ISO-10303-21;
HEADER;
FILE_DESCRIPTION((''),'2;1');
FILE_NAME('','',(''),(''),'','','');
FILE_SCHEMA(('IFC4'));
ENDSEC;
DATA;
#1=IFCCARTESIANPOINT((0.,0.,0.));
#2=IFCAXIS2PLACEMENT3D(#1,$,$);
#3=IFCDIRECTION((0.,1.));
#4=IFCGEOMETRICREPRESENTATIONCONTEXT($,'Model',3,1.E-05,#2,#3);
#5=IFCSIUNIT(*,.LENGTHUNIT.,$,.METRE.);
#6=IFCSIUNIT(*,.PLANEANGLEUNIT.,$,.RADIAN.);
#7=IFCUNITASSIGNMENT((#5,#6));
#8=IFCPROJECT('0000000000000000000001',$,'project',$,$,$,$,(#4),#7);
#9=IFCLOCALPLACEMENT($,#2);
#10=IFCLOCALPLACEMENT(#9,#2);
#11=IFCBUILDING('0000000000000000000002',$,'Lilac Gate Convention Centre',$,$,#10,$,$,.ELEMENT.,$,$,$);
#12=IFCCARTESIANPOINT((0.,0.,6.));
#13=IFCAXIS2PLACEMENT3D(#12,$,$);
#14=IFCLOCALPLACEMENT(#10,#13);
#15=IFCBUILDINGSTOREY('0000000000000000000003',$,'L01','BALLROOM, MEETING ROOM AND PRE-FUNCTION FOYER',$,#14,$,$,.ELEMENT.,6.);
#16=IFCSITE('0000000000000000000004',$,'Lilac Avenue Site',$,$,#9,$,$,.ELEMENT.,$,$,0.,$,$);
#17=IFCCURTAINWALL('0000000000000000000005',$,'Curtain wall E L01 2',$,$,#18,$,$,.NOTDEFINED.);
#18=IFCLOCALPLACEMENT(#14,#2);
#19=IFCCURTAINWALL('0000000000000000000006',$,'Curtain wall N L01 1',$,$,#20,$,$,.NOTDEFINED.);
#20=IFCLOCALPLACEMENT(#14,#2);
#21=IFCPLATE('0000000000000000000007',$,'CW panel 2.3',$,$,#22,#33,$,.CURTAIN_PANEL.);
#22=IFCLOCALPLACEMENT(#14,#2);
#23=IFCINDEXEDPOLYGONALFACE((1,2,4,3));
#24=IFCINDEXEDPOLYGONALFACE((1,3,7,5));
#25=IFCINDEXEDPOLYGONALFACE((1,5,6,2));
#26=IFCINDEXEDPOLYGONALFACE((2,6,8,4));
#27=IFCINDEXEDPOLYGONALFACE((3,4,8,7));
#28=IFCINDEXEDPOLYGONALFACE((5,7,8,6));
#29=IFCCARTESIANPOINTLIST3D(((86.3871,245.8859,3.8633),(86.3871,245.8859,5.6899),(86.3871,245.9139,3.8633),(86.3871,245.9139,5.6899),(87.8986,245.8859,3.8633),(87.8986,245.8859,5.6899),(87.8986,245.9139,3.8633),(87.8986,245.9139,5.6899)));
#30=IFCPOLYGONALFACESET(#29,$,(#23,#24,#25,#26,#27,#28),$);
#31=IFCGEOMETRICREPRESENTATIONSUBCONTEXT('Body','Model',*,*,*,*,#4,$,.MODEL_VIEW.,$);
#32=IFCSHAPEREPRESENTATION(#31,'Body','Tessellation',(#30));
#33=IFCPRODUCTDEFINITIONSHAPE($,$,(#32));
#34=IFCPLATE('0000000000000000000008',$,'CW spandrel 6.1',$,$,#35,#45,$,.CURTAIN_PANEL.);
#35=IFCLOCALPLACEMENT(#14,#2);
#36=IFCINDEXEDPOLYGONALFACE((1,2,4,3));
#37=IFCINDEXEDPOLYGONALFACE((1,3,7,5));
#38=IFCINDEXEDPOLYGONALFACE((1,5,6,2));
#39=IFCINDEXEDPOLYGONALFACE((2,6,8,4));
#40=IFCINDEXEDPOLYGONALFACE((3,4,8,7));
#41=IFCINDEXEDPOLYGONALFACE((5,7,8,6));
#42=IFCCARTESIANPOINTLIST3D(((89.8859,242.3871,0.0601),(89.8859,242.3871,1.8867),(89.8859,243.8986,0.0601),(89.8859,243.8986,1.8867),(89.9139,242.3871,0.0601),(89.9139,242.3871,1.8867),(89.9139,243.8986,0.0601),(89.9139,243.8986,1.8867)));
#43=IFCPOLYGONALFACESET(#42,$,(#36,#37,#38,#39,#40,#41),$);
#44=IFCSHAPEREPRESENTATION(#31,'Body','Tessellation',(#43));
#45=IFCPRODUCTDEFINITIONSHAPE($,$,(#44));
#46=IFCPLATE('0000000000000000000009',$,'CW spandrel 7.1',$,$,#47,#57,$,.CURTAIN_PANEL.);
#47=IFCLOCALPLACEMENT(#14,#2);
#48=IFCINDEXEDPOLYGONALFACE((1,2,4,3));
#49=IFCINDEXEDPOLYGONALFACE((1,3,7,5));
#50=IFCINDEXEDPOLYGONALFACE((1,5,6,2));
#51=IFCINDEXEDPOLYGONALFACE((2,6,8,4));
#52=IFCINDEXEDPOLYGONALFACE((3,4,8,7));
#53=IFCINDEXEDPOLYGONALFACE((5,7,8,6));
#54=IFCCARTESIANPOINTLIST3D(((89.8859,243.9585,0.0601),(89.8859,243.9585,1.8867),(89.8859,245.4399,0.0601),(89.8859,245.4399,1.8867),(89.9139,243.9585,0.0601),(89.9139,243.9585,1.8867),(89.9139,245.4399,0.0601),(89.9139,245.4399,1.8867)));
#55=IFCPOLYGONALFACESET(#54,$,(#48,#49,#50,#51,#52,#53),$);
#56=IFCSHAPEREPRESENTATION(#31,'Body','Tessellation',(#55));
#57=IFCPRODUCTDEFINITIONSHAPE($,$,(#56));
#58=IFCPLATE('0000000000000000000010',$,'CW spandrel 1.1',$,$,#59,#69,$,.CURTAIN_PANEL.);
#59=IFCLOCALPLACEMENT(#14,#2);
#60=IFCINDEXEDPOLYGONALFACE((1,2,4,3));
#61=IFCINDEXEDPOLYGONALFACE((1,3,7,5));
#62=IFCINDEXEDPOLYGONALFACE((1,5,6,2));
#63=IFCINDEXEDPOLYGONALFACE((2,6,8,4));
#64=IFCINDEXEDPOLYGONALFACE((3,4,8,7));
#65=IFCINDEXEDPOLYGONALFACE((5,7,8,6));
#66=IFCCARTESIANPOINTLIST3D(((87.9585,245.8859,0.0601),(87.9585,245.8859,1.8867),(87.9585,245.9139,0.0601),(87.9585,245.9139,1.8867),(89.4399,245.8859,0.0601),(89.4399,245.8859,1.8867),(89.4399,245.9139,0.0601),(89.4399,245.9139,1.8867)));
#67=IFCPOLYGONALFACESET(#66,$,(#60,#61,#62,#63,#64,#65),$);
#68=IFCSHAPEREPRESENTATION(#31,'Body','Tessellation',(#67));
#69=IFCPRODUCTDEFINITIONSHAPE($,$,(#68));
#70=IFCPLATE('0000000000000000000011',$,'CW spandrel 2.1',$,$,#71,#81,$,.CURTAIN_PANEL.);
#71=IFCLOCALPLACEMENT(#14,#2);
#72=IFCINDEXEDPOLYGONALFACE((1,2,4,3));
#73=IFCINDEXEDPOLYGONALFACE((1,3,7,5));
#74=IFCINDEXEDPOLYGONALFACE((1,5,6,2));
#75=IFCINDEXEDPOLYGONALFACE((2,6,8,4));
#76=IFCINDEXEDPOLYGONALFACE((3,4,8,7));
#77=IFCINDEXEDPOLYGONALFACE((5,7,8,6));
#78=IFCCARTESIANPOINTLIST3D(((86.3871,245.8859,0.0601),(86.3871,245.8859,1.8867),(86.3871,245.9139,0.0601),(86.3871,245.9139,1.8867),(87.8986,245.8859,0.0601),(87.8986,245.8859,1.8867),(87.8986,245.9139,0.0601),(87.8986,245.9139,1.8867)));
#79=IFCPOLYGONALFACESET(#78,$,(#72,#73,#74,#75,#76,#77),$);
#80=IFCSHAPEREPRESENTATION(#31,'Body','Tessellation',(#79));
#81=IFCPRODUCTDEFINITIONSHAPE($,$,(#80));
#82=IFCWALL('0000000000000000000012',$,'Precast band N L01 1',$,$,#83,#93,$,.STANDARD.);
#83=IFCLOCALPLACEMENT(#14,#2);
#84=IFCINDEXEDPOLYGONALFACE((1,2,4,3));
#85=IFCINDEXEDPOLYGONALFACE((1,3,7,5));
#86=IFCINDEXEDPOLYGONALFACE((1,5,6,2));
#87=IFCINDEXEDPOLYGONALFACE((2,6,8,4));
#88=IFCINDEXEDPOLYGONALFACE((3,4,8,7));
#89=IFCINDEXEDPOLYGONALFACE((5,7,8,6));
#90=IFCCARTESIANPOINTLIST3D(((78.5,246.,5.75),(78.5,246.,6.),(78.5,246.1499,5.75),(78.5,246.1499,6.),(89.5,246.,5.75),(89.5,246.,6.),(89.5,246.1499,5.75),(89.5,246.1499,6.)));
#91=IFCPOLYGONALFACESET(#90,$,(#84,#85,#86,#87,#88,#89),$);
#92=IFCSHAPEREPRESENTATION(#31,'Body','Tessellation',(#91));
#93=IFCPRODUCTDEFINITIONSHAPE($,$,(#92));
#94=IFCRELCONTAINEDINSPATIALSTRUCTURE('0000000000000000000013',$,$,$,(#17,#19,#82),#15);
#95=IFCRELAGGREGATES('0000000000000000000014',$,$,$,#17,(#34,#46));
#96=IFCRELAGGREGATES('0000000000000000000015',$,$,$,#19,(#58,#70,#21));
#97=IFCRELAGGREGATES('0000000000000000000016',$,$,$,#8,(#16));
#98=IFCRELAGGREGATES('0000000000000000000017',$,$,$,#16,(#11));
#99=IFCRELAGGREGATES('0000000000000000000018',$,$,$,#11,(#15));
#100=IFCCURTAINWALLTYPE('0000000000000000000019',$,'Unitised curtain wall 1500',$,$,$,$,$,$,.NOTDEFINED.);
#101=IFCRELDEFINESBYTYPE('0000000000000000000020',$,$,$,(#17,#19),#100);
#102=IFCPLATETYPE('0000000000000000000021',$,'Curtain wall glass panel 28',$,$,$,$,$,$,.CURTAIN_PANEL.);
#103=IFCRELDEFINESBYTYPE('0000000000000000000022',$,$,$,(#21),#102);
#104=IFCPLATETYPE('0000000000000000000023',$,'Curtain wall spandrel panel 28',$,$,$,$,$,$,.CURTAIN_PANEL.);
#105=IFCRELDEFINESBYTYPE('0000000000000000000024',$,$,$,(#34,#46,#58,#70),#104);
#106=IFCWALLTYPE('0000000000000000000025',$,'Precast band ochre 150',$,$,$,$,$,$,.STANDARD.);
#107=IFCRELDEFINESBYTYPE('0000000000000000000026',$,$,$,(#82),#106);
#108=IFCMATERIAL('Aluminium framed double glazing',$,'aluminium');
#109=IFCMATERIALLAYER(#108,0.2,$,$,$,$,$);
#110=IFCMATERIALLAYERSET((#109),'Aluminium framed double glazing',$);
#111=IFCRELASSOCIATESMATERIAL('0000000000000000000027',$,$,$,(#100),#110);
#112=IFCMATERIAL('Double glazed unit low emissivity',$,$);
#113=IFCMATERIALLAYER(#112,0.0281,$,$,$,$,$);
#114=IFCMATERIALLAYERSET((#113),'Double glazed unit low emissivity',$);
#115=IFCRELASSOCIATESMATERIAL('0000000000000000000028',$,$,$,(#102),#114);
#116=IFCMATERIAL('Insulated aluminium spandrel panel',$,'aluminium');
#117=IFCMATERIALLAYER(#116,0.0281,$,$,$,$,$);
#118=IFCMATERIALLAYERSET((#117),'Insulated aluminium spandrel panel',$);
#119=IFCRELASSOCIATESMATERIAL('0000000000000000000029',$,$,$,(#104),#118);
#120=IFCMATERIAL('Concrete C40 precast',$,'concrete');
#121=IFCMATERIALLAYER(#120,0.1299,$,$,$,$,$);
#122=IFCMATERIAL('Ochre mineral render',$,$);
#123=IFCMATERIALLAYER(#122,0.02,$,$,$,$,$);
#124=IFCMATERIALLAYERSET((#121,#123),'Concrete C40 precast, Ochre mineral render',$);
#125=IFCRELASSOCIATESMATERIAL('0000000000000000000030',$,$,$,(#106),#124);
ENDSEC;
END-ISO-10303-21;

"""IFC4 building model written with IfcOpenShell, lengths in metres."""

from ifc_helpers import new_model, si_unit, direction, frame, frame_2d, origin, origin_2d, place, context, subcontext, project, spatial, rectangle, extrude, material, layer, layer_set, type_object, element, aggregate, save


model = new_model("IFC4")

# Units and contexts
model_context = context("Model", 3, precision=1e-05, world=origin(), true_north=direction((0.0, 1.0)))
body_context = subcontext(model_context, "Body", "Model", "MODEL_VIEW")
ifc_project = project(units=[si_unit("LENGTHUNIT", "METRE"), si_unit("PLANEANGLEUNIT", "RADIAN")], contexts=[model_context])

# Site, building, storey
site_placement = place(None, origin())
site = spatial("IfcSite", under=ifc_project, at=site_placement, Name="Lilac Avenue Site", CompositionType="ELEMENT", RefElevation=0.0)
building_placement = place(site_placement, origin())
building = spatial("IfcBuilding", under=site, at=building_placement, Name="Lilac Gate Convention Centre", CompositionType="ELEMENT")
storey_placement = place(building_placement, frame((0.0, 0.0, 6.0)))
storey = spatial("IfcBuildingStorey", under=building, at=storey_placement, Name="L01", Description="BALLROOM, MEETING ROOM AND PRE-FUNCTION FOYER", CompositionType="ELEMENT", Elevation=6.0)

# Curtain walls
ifc_material_1 = material(Name="Aluminium framed double glazing", Category="aluminium")
ifc_layer_1 = layer(ifc_material_1, 0.2)
ifc_layer_set_1 = layer_set([ifc_layer_1], Name="Aluminium framed double glazing")
curtain_wall_type = type_object("IfcCurtainWallType", Name="Unitised curtain wall 1500", PredefinedType="NOTDEFINED", material=ifc_layer_set_1)
curtain_wall_1_placement = place(storey_placement, origin())
curtain_wall_1 = element("IfcCurtainWall", 1, at=curtain_wall_1_placement, inside=storey, type_object=curtain_wall_type, Name="Curtain wall E L01 2", PredefinedType="NOTDEFINED")
curtain_wall_2_placement = place(storey_placement, origin())
curtain_wall_2 = element("IfcCurtainWall", 2, at=curtain_wall_2_placement, inside=storey, type_object=curtain_wall_type, Name="Curtain wall N L01 1", PredefinedType="NOTDEFINED")

# Plates
ifc_material_2 = material(Name="Double glazed unit low emissivity")
ifc_layer_2 = layer(ifc_material_2, 0.0281)
ifc_layer_set_2 = layer_set([ifc_layer_2], Name="Double glazed unit low emissivity")
plate_type_1 = type_object("IfcPlateType", Name="Curtain wall glass panel 28", PredefinedType="CURTAIN_PANEL", material=ifc_layer_set_2)
plate_1_placement = place(storey_placement, frame((87.1428, 245.8999, 3.8633), z_axis=(0.0, 0.0, 1.0), x_axis=(-1.0, 0.0, 0.0)))
plate_1 = element("IfcPlate", 3, at=plate_1_placement, type_object=plate_type_1, Name="CW panel 2.3", PredefinedType="CURTAIN_PANEL", context=body_context, shape_type="SweptSolid", body=[
    extrude(rectangle(XDim=1.5115, YDim=0.0281, at=origin_2d()), origin(), (0.0, 0.0, 1.0), 1.8267),
])
ifc_material_3 = material(Name="Insulated aluminium spandrel panel", Category="aluminium")
ifc_layer_3 = layer(ifc_material_3, 0.0281)
ifc_layer_set_3 = layer_set([ifc_layer_3], Name="Insulated aluminium spandrel panel")
plate_type_2 = type_object("IfcPlateType", Name="Curtain wall spandrel panel 28", PredefinedType="CURTAIN_PANEL", material=ifc_layer_set_3)
plate_2_placement = place(storey_placement, frame((89.8999, 243.1428, 0.0601), z_axis=(0.0, 0.0, 1.0), x_axis=(0.0, 1.0, 0.0)))
plate_2 = element("IfcPlate", 4, at=plate_2_placement, type_object=plate_type_2, Name="CW spandrel 6.1", PredefinedType="CURTAIN_PANEL", context=body_context, shape_type="SweptSolid", body=[
    extrude(rectangle(XDim=1.5115, YDim=0.0281, at=origin_2d()), origin(), (0.0, 0.0, 1.0), 1.8267),
])
plate_3_placement = place(storey_placement, frame((89.8999, 244.6992, 0.0601), z_axis=(0.0, 0.0, 1.0), x_axis=(0.0, 1.0, 0.0)))
plate_3 = element("IfcPlate", 5, at=plate_3_placement, type_object=plate_type_2, Name="CW spandrel 7.1", PredefinedType="CURTAIN_PANEL", context=body_context, shape_type="SweptSolid", body=[
    extrude(rectangle(XDim=1.4814, YDim=0.0281, at=origin_2d()), origin(), (0.0, 0.0, 1.0), 1.8267),
])
aggregate(curtain_wall_1, [plate_2, plate_3])
plate_4_placement = place(storey_placement, frame((88.6992, 245.8999, 0.0601), z_axis=(0.0, 0.0, 1.0), x_axis=(-1.0, 0.0, 0.0)))
plate_4 = element("IfcPlate", 6, at=plate_4_placement, type_object=plate_type_2, Name="CW spandrel 1.1", PredefinedType="CURTAIN_PANEL", context=body_context, shape_type="SweptSolid", body=[
    extrude(rectangle(XDim=1.4814, YDim=0.0281, at=origin_2d()), origin(), (0.0, 0.0, 1.0), 1.8267),
])
plate_5_placement = place(storey_placement, frame((87.1428, 245.8999, 0.0601), z_axis=(0.0, 0.0, 1.0), x_axis=(-1.0, 0.0, 0.0)))
plate_5 = element("IfcPlate", 7, at=plate_5_placement, type_object=plate_type_2, Name="CW spandrel 2.1", PredefinedType="CURTAIN_PANEL", context=body_context, shape_type="SweptSolid", body=[
    extrude(rectangle(XDim=1.5115, YDim=0.0281, at=origin_2d()), origin(), (0.0, 0.0, 1.0), 1.8267),
])
aggregate(curtain_wall_2, [plate_4, plate_5, plate_1])

# Wall
ifc_material_4 = material(Name="Concrete C40 precast", Category="concrete")
ifc_layer_4 = layer(ifc_material_4, 0.1299)
ifc_material_5 = material(Name="Ochre mineral render")
ifc_layer_5 = layer(ifc_material_5, 0.02)
ifc_layer_set_4 = layer_set([ifc_layer_4, ifc_layer_5], Name="Concrete C40 precast, Ochre mineral render")
wall_type = type_object("IfcWallType", Name="Precast band ochre 150", PredefinedType="STANDARD", material=ifc_layer_set_4)
wall_placement = place(storey_placement, frame((89.5, 246.075, 5.75), z_axis=(0.0, 0.0, 1.0), x_axis=(-1.0, 0.0, 0.0)))
element("IfcWall", 8, at=wall_placement, inside=storey, type_object=wall_type, Name="Precast band N L01 1", PredefinedType="STANDARD", context=body_context, shape_type="SweptSolid", body=[
    extrude(rectangle(XDim=11.0, YDim=0.1499, at=frame_2d((5.5, 0.0))), origin(), (0.0, 0.0, 1.0), 0.25),
])

save(model, "model.ifc")
